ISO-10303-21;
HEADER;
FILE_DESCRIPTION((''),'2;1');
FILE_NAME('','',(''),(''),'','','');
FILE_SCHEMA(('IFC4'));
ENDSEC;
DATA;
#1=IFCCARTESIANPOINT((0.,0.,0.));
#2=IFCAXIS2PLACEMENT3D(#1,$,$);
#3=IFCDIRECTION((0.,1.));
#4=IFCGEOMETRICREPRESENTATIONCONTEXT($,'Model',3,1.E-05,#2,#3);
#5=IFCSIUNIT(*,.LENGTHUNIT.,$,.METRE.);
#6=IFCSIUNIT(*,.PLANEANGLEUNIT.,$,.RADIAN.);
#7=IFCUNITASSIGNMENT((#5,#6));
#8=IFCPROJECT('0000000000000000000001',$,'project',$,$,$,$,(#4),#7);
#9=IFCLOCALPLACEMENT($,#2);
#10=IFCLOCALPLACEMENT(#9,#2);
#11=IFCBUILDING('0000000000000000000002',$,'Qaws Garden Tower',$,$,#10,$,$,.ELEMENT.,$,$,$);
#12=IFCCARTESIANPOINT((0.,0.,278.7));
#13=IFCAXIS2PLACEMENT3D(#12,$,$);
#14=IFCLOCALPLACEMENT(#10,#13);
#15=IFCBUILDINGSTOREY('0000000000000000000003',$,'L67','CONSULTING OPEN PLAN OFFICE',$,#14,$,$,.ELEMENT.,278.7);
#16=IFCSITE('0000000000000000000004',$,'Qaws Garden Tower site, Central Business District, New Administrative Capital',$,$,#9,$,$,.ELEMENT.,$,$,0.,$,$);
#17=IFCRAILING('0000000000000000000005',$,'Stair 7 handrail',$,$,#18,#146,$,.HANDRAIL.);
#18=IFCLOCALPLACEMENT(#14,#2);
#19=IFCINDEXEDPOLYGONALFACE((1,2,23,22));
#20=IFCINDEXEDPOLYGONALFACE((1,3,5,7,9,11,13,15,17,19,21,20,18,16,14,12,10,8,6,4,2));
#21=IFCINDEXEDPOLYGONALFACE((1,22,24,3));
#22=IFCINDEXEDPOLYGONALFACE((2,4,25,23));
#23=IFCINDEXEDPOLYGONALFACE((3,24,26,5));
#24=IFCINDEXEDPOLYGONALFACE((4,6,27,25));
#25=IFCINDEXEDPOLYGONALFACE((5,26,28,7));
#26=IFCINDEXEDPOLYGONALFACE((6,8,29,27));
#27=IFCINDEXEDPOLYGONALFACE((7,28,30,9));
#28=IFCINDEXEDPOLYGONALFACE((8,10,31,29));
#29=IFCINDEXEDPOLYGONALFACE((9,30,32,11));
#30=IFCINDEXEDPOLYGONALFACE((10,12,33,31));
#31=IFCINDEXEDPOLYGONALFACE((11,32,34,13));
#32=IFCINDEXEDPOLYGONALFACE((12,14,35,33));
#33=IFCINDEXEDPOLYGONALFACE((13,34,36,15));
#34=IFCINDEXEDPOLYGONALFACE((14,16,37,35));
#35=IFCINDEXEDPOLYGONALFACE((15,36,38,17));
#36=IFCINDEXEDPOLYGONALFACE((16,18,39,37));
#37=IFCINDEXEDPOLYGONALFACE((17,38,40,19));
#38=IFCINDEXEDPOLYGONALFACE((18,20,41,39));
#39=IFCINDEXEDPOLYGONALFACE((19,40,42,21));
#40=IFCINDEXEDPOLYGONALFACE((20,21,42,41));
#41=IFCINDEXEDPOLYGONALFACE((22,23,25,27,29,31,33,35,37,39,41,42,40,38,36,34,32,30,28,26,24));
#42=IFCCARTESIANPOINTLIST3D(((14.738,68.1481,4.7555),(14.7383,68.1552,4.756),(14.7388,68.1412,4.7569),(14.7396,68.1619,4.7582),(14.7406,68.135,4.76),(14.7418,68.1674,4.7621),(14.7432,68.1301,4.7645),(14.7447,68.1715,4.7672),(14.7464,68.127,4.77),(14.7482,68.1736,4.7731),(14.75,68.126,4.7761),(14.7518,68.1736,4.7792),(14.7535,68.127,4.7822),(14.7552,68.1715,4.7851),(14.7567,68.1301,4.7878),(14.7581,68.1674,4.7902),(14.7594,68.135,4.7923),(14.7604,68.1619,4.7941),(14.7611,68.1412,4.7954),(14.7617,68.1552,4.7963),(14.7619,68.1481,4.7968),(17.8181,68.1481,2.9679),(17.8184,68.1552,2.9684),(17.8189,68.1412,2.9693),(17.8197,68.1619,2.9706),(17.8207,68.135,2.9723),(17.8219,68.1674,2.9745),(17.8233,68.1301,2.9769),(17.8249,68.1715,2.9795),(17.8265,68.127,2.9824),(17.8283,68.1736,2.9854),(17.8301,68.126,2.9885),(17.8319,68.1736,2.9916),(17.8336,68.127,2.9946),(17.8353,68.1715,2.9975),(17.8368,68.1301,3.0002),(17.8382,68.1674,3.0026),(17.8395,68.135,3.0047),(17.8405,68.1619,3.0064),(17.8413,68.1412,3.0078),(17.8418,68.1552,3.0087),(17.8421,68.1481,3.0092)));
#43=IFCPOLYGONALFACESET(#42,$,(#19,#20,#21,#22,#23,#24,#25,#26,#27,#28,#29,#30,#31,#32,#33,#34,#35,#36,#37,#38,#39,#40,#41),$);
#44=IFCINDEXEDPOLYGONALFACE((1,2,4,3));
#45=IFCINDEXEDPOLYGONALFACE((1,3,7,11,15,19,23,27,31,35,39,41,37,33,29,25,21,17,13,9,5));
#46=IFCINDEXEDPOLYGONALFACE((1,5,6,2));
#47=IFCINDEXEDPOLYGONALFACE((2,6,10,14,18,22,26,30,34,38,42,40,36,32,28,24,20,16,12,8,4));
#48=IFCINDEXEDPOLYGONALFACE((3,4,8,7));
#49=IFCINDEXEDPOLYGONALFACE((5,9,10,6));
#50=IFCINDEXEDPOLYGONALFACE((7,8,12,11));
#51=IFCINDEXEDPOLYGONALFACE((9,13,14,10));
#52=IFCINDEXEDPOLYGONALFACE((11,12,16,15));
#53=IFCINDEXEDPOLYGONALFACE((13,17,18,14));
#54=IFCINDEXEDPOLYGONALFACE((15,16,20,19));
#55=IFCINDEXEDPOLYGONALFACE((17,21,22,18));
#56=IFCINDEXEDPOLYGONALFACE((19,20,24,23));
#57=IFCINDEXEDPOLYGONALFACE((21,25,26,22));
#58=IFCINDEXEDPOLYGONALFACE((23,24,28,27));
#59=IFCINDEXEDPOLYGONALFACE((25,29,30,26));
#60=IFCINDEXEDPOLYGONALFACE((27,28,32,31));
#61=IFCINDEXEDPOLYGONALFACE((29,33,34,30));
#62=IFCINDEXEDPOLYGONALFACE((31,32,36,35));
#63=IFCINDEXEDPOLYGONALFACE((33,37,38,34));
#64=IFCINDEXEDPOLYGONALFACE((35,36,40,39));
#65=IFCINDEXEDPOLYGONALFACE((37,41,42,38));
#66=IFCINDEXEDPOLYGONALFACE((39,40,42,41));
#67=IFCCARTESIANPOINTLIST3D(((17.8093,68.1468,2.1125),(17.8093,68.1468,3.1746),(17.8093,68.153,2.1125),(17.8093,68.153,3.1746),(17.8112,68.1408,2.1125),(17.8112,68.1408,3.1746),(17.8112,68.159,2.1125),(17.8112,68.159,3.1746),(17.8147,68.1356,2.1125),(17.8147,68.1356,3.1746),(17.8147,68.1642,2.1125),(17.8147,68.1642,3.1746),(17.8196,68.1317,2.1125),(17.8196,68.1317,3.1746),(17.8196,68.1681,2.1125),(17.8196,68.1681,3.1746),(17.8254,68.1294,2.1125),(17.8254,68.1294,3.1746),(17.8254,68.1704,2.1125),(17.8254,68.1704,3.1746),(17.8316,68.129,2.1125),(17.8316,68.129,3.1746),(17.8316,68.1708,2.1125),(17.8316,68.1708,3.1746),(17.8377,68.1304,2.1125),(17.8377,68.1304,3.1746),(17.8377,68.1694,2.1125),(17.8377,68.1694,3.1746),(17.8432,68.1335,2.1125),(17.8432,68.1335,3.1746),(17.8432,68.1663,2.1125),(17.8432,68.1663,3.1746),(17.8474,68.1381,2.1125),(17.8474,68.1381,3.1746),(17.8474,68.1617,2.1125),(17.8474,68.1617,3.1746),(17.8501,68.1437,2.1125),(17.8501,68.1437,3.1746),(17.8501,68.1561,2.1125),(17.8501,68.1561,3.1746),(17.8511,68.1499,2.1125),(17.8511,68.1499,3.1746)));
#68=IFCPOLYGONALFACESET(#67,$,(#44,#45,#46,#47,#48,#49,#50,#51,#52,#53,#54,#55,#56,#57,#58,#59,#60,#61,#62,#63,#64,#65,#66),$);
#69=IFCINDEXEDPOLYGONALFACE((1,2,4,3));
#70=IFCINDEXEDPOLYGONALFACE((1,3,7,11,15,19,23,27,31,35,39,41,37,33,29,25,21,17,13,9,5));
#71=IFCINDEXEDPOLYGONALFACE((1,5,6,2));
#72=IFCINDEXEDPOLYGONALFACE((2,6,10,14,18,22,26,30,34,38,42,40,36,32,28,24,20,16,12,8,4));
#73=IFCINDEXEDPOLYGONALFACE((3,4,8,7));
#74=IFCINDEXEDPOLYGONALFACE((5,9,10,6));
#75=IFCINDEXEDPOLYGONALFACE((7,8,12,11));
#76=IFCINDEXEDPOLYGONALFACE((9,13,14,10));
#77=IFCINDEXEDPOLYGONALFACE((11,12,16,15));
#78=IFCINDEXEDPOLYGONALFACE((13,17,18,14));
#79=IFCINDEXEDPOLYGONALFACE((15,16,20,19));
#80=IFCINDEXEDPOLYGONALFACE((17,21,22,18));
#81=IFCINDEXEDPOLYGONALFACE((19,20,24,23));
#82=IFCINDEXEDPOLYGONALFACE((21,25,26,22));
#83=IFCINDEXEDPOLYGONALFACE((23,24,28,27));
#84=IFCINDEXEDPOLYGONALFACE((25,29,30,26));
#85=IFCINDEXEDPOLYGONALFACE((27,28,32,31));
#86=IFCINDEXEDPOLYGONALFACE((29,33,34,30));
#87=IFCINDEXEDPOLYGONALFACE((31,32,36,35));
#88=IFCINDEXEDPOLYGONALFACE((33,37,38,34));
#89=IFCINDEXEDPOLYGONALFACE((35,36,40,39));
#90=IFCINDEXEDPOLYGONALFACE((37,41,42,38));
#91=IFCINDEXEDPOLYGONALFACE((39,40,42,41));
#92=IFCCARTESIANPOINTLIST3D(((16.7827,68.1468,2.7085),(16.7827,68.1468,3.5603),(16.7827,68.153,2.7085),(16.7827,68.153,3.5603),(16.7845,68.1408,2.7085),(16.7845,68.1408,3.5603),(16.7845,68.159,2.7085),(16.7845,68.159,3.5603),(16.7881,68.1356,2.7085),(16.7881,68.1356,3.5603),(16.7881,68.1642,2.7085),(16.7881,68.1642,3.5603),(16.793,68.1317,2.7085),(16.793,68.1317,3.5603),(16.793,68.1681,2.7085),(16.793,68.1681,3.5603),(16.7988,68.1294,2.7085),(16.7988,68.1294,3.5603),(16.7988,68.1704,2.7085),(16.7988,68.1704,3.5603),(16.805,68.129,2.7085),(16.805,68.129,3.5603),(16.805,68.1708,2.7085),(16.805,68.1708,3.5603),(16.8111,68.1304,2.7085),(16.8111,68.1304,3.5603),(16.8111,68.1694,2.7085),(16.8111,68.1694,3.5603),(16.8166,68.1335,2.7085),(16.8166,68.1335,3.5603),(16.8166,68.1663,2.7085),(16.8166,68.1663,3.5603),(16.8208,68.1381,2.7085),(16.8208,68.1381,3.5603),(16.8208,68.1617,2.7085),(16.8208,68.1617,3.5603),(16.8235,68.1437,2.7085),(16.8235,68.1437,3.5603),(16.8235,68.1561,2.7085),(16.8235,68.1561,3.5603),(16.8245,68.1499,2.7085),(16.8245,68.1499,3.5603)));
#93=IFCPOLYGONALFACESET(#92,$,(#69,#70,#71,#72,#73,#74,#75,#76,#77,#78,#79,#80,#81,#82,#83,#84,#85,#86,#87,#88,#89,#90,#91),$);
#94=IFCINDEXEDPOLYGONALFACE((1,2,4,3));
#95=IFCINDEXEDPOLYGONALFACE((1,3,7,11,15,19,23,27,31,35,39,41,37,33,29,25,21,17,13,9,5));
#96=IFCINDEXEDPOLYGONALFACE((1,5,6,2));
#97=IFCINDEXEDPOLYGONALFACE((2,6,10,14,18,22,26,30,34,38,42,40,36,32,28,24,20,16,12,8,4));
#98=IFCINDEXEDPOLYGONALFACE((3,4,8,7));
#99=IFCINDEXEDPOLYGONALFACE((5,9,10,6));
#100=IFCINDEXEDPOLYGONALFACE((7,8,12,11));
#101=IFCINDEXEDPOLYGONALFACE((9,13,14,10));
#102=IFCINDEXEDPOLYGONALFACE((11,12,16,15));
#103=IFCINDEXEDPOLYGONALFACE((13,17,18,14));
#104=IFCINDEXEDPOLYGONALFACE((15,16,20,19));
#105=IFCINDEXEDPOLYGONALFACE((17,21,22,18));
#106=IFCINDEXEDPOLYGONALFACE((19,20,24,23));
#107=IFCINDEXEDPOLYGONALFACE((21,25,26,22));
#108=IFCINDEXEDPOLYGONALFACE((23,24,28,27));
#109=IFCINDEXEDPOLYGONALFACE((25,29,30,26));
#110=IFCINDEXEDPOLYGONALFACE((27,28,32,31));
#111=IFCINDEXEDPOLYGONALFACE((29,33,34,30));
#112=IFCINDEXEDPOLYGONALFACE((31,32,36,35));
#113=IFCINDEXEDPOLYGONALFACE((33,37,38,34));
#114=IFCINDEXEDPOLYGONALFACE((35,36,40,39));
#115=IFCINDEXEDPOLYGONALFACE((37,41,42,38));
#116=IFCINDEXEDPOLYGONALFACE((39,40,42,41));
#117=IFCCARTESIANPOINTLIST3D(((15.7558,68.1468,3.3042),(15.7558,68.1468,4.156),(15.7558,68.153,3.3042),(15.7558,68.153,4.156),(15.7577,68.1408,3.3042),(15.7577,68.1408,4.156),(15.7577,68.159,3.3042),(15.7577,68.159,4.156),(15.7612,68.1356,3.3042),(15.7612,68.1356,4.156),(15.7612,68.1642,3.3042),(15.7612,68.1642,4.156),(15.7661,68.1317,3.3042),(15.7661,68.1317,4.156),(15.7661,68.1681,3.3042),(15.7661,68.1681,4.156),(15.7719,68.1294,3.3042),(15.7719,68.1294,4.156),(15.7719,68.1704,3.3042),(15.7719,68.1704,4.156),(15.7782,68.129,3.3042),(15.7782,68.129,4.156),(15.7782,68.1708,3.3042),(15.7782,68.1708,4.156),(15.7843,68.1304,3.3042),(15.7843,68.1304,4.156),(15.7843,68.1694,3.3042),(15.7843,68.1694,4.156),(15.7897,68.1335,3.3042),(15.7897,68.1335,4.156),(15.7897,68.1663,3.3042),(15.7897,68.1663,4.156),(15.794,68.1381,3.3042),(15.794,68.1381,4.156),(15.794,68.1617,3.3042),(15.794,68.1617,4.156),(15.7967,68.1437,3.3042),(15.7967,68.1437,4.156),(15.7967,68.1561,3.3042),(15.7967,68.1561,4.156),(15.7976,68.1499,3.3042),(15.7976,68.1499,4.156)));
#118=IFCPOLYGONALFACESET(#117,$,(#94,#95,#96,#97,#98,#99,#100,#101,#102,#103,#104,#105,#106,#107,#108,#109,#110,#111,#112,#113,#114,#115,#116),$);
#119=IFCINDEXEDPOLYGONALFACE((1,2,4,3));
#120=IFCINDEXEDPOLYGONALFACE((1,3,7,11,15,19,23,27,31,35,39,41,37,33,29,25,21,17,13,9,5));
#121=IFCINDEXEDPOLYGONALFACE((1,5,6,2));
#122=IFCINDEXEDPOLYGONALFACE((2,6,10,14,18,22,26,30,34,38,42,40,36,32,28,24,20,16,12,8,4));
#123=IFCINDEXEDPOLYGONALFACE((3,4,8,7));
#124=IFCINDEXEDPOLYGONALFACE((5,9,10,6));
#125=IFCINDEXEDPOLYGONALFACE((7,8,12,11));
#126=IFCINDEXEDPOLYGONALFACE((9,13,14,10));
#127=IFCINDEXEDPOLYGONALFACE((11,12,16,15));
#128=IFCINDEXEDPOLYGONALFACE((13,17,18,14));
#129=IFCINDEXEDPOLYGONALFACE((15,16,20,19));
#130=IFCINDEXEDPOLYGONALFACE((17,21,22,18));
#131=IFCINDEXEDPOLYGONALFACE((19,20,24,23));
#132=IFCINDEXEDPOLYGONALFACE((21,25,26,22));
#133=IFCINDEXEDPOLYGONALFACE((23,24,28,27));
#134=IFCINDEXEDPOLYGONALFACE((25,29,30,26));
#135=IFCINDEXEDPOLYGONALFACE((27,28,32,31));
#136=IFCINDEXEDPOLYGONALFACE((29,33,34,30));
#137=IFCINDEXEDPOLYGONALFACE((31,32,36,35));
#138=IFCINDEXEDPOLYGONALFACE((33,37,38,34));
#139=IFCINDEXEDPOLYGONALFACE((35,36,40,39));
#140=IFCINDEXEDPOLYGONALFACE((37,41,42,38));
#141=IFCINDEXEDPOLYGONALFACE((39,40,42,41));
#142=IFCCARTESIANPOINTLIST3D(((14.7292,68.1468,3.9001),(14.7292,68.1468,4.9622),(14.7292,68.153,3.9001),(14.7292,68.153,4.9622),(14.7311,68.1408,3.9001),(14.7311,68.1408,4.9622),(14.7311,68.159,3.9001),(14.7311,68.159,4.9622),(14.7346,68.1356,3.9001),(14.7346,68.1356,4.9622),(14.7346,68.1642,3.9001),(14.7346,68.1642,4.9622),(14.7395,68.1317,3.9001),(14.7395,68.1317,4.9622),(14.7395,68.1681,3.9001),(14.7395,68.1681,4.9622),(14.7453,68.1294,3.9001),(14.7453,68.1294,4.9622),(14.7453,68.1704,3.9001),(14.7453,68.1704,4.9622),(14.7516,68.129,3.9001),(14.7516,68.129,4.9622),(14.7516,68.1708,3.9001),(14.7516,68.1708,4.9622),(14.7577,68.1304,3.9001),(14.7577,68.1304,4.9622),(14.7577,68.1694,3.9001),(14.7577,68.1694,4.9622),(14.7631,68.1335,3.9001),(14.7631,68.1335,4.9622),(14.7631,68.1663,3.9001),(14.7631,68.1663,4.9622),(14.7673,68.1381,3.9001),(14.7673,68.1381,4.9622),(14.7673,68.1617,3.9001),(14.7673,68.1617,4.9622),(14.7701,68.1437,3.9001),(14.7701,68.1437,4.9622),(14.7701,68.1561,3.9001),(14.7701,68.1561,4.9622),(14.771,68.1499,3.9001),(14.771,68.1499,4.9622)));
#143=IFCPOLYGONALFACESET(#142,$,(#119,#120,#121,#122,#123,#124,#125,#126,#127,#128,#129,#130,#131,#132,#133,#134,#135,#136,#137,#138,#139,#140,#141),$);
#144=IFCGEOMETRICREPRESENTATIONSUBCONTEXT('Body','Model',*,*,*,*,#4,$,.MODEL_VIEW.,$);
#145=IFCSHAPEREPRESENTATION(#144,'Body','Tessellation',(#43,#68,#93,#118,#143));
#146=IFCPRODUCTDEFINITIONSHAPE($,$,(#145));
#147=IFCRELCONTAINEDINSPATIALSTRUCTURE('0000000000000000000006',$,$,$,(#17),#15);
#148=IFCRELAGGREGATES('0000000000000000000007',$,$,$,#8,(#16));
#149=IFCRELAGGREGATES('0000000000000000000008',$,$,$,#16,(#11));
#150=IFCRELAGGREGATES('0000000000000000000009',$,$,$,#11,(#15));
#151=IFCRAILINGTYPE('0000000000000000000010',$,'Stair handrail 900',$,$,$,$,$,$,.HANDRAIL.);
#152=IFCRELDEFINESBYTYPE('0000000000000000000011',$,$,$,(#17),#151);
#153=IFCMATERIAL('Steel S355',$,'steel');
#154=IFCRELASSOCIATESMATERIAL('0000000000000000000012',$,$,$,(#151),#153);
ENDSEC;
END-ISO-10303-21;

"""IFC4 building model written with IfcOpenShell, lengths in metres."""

from ifc_helpers import new_model, si_unit, direction, frame, origin, origin_2d, place, context, subcontext, project, spatial, circle, extrude, material, type_object, element, save


model = new_model("IFC4")

# Units and contexts
model_context = context("Model", 3, precision=1e-05, world=origin(), true_north=direction((0.0, 1.0)))
body_context = subcontext(model_context, "Body", "Model", "MODEL_VIEW")
ifc_project = project(units=[si_unit("LENGTHUNIT", "METRE"), si_unit("PLANEANGLEUNIT", "RADIAN")], contexts=[model_context])

# Site, building, storey
site_placement = place(None, origin())
site = spatial("IfcSite", under=ifc_project, at=site_placement, Name="Qaws Garden Tower site, Central Business District, New Administrative Capital", CompositionType="ELEMENT", RefElevation=0.0)
building_placement = place(site_placement, origin())
building = spatial("IfcBuilding", under=site, at=building_placement, Name="Qaws Garden Tower", CompositionType="ELEMENT")
storey_placement = place(building_placement, frame((0.0, 0.0, 278.7)))
storey = spatial("IfcBuildingStorey", under=building, at=storey_placement, Name="L67", Description="CONSULTING OPEN PLAN OFFICE", CompositionType="ELEMENT", Elevation=278.7)

# Railing
ifc_material_1 = material(Name="Steel S355", Category="steel")
railing_type = type_object("IfcRailingType", Name="Stair handrail 900", PredefinedType="HANDRAIL", material=ifc_material_1)
railing_1_placement = place(storey_placement, frame((17.8301, 68.1499, 2.1125)))
element("IfcRailing", 1, at=railing_1_placement, inside=storey, type_object=railing_type, Name="Stair 7 handrail", PredefinedType="HANDRAIL", context=body_context, shape_type="SweptSolid", body=[
    extrude(circle(Radius=0.0239, at=origin_2d()), frame((0.0, 0.0, 0.876), z_axis=(-0.864891, 0.0, 0.50196), x_axis=(0.0, -1.0, 0.0)), (0.0, 0.0, 1.0), 3.5613),
    extrude(circle(Radius=0.021, at=origin_2d()), origin(), (0.0, 0.0, 1.0), 1.062),
    extrude(circle(Radius=0.021, at=origin_2d()), frame((-1.0266, 0.0, 0.5959)), (0.0, 0.0, 1.0), 0.8518),
    extrude(circle(Radius=0.021, at=origin_2d()), frame((-2.0535, 0.0, 1.1917)), (0.0, 0.0, 1.0), 0.8518),
    extrude(circle(Radius=0.021, at=origin_2d()), frame((-3.0801, 0.0, 1.7876)), (0.0, 0.0, 1.0), 1.062),
])

save(model, "model.ifc")
